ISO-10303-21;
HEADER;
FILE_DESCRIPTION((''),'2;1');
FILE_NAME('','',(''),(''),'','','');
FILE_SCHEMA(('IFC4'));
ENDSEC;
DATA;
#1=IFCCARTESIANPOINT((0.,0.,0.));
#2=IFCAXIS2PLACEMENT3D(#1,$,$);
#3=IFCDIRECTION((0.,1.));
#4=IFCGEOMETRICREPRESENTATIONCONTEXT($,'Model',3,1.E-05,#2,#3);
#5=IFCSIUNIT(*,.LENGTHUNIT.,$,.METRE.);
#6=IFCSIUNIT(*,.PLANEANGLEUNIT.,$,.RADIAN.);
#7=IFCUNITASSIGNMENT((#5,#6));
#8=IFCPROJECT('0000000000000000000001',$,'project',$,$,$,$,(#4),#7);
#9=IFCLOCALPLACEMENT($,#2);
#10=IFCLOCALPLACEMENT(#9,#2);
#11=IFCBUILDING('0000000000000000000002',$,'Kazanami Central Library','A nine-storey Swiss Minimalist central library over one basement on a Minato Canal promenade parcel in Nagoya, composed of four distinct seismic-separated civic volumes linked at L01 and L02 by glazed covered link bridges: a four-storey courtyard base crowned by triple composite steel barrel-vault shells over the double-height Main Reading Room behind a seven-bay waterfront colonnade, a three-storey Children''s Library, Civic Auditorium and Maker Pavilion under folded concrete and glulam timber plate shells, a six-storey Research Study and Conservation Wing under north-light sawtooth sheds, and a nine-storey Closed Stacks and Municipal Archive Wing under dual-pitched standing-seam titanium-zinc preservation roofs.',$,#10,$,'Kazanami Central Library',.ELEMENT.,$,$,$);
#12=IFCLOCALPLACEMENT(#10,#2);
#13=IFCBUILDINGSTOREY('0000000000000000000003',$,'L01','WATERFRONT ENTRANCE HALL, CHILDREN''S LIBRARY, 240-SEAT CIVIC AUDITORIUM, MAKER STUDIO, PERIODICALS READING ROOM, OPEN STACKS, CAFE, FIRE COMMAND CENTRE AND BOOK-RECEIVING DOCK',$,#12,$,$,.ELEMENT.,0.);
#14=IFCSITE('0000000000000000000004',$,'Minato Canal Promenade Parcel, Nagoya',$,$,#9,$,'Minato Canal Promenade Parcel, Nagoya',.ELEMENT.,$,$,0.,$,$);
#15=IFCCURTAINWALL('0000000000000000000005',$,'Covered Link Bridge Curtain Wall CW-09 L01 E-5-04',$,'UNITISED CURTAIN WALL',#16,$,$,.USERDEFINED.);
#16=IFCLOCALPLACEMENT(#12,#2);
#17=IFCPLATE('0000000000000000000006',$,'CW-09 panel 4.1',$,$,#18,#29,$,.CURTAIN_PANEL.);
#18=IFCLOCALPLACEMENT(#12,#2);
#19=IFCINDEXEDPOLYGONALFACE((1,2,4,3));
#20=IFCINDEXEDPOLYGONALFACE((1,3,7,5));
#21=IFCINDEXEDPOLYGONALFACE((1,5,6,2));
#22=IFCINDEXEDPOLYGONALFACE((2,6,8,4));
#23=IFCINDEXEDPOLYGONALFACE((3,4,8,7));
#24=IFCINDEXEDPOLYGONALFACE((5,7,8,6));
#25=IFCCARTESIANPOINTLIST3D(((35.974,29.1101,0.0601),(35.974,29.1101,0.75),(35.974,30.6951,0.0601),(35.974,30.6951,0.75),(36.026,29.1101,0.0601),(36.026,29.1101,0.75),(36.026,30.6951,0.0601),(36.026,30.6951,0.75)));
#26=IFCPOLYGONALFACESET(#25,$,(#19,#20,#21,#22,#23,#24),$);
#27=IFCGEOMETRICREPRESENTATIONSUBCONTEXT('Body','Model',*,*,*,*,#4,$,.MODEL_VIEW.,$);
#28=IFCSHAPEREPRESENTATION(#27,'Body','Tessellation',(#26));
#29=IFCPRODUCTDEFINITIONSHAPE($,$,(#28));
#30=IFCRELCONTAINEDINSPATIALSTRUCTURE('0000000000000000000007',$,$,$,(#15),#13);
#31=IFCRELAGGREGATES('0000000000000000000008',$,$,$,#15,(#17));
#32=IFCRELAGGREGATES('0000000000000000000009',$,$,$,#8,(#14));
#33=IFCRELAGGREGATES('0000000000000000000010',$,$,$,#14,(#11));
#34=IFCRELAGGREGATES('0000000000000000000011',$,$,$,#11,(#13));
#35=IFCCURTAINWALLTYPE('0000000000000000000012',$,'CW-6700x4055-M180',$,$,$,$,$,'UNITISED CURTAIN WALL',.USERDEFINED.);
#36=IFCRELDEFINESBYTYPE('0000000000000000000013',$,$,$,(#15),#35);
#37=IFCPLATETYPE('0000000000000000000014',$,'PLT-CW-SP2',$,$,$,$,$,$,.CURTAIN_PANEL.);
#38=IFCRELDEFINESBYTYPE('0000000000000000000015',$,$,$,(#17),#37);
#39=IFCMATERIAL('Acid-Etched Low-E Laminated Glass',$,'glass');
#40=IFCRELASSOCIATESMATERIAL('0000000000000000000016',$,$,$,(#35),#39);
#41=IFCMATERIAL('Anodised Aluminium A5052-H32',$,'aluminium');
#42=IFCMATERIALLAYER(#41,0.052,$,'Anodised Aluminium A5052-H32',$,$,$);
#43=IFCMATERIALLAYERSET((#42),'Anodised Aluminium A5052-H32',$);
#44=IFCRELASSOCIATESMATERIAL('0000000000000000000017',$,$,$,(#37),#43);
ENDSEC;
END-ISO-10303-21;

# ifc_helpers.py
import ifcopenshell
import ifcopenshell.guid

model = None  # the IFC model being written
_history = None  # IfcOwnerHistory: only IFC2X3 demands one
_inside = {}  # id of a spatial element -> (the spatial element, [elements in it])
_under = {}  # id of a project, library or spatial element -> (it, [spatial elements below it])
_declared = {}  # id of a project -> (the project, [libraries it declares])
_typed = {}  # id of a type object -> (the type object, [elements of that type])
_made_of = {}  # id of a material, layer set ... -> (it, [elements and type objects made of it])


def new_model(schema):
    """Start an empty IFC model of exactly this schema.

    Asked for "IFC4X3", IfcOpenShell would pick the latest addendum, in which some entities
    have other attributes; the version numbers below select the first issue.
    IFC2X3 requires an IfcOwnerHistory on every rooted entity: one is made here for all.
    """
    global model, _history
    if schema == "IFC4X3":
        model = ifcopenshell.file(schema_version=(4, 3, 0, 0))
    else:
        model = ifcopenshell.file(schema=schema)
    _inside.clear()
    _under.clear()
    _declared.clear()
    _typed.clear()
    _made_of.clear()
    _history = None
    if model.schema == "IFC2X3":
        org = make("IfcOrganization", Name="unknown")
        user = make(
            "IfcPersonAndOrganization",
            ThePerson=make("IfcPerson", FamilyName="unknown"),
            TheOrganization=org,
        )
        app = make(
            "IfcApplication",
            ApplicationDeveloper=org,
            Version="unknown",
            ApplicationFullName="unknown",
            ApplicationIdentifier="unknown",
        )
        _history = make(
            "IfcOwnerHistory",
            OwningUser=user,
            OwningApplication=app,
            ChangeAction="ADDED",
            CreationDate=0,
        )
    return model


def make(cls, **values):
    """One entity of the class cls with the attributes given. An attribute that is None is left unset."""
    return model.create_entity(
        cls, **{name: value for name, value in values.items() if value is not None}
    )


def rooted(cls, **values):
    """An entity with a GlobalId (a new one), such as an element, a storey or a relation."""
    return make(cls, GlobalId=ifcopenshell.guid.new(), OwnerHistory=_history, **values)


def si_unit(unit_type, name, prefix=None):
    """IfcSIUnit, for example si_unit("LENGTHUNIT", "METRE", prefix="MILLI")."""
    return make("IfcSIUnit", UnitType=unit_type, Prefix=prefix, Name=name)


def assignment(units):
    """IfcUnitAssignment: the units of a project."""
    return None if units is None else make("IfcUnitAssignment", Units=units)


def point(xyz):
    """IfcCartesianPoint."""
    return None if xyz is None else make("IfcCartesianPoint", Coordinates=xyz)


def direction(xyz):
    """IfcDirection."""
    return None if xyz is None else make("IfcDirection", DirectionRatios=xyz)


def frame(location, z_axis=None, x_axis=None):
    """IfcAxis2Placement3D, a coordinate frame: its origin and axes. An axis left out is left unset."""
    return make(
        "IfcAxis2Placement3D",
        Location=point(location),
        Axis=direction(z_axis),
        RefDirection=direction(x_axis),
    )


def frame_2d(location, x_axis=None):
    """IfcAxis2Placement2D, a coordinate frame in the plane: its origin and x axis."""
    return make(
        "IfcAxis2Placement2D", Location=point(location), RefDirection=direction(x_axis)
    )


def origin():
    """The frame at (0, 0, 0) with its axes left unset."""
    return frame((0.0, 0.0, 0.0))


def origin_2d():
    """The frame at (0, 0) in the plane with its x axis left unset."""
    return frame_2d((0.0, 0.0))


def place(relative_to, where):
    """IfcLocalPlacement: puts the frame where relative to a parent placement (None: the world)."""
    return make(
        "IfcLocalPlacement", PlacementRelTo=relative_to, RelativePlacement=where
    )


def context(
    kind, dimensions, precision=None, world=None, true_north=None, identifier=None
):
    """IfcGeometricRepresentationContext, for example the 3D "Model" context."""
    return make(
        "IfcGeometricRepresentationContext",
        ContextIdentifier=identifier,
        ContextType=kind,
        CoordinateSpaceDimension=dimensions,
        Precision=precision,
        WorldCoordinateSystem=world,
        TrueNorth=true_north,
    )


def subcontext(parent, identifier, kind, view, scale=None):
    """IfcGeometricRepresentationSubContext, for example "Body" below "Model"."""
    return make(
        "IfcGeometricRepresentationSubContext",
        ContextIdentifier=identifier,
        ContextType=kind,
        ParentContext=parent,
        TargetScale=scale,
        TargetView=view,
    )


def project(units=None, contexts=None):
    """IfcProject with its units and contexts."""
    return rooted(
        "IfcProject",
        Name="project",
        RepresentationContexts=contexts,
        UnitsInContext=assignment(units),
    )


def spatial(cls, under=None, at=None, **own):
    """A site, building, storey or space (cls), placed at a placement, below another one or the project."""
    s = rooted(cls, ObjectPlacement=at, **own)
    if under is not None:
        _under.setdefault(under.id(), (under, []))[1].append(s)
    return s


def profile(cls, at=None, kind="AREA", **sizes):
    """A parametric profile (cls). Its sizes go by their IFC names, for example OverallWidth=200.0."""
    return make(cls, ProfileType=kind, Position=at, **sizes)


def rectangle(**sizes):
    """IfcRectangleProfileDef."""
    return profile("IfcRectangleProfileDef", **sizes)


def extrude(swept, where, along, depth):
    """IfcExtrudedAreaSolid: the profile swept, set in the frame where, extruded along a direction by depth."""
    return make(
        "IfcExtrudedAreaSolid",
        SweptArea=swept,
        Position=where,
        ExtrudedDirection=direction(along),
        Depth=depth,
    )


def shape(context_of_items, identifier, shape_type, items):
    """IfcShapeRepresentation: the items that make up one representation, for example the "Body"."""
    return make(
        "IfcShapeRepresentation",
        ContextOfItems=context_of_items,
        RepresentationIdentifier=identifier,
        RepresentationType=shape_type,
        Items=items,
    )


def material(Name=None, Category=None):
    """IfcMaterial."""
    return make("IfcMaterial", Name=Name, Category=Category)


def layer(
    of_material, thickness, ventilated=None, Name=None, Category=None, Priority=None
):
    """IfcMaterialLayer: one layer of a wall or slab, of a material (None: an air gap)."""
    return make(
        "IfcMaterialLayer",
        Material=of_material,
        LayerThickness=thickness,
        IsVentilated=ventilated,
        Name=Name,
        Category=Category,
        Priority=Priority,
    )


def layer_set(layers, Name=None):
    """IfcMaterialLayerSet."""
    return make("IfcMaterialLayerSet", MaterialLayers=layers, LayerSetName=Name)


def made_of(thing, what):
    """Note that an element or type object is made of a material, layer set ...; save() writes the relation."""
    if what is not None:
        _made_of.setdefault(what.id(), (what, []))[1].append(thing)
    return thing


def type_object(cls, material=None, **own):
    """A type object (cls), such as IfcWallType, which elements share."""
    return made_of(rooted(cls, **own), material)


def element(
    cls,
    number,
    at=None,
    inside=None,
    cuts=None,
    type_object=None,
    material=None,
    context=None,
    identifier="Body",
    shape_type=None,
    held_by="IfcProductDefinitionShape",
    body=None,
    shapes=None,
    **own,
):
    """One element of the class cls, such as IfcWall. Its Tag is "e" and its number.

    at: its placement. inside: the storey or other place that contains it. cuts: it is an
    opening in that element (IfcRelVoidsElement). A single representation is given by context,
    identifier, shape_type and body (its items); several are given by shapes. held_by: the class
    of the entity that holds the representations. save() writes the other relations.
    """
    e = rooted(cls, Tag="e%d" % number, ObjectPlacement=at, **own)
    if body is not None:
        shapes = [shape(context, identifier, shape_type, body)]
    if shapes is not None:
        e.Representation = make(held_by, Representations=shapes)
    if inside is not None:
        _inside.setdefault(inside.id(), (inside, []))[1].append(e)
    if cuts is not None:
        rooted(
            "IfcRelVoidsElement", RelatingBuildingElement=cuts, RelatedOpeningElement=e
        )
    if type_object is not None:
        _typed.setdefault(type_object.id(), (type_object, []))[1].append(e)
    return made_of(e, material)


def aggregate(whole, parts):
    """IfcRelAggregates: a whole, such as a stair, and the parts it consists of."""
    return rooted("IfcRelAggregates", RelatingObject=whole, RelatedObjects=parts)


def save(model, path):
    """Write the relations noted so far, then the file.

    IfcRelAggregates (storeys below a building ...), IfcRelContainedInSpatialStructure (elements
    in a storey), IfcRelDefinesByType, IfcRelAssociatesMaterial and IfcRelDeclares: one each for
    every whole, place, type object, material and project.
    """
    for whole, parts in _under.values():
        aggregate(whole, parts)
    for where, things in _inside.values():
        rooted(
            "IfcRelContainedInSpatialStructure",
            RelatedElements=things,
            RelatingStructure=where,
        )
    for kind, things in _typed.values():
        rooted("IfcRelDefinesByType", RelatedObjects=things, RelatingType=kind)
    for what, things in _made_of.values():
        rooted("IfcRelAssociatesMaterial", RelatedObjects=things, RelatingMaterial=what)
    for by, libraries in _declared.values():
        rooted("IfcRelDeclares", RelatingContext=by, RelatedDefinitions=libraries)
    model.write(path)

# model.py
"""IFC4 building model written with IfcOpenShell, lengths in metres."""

from ifc_helpers import new_model, si_unit, direction, frame, origin, origin_2d, place, context, subcontext, project, spatial, rectangle, extrude, material, layer, layer_set, type_object, element, aggregate, save


model = new_model("IFC4")

# Units and contexts
model_context = context("Model", 3, precision=1e-05, world=origin(), true_north=direction((0.0, 1.0)))
body_context = subcontext(model_context, "Body", "Model", "MODEL_VIEW")
ifc_project = project(units=[si_unit("LENGTHUNIT", "METRE"), si_unit("PLANEANGLEUNIT", "RADIAN")], contexts=[model_context])

# Site, building, storey
site_placement = place(None, origin())
site = spatial("IfcSite", under=ifc_project, at=site_placement, Name="Minato Canal Promenade Parcel, Nagoya", LongName="Minato Canal Promenade Parcel, Nagoya", CompositionType="ELEMENT", RefElevation=0.0)
building_placement = place(site_placement, origin())
building = spatial("IfcBuilding", under=site, at=building_placement, Name="Kazanami Central Library", Description="A nine-storey Swiss Minimalist central library over one basement on a Minato Canal promenade parcel in Nagoya, composed of four distinct seismic-separated civic volumes linked at L01 and L02 by glazed covered link bridges: a four-storey courtyard base crowned by triple composite steel barrel-vault shells over the double-height Main Reading Room behind a seven-bay waterfront colonnade, a three-storey Children's Library, Civic Auditorium and Maker Pavilion under folded concrete and glulam timber plate shells, a six-storey Research Study and Conservation Wing under north-light sawtooth sheds, and a nine-storey Closed Stacks and Municipal Archive Wing under dual-pitched standing-seam titanium-zinc preservation roofs.", LongName="Kazanami Central Library", CompositionType="ELEMENT")
storey_placement = place(building_placement, origin())
storey = spatial("IfcBuildingStorey", under=building, at=storey_placement, Name="L01", Description="WATERFRONT ENTRANCE HALL, CHILDREN'S LIBRARY, 240-SEAT CIVIC AUDITORIUM, MAKER STUDIO, PERIODICALS READING ROOM, OPEN STACKS, CAFE, FIRE COMMAND CENTRE AND BOOK-RECEIVING DOCK", CompositionType="ELEMENT", Elevation=0.0)

# Curtain wall
ifc_material_1 = material(Name="Acid-Etched Low-E Laminated Glass", Category="glass")
curtain_wall_type_1 = type_object("IfcCurtainWallType", Name="CW-6700x4055-M180", ElementType="UNITISED CURTAIN WALL", PredefinedType="USERDEFINED", material=ifc_material_1)
curtain_wall_1_placement = place(storey_placement, origin())
curtain_wall_1 = element("IfcCurtainWall", 1, at=curtain_wall_1_placement, inside=storey, type_object=curtain_wall_type_1, Name="Covered Link Bridge Curtain Wall CW-09 L01 E-5-04", ObjectType="UNITISED CURTAIN WALL", PredefinedType="USERDEFINED")

# Plate
ifc_material_2 = material(Name="Anodised Aluminium A5052-H32", Category="aluminium")
ifc_layer_1 = layer(ifc_material_2, 0.052, Name="Anodised Aluminium A5052-H32")
ifc_layer_set_1 = layer_set([ifc_layer_1], Name="Anodised Aluminium A5052-H32")
plate_type_1 = type_object("IfcPlateType", Name="PLT-CW-SP2", PredefinedType="CURTAIN_PANEL", material=ifc_layer_set_1)
plate_1_placement = place(storey_placement, frame((36.0, 29.9026, 0.0601), z_axis=(0.0, 0.0, 1.0), x_axis=(0.0, -1.0, 0.0)))
plate_1 = element("IfcPlate", 2, at=plate_1_placement, type_object=plate_type_1, Name="CW-09 panel 4.1", PredefinedType="CURTAIN_PANEL", context=body_context, shape_type="SweptSolid", body=[
    extrude(rectangle(XDim=1.585, YDim=0.052, at=origin_2d()), origin(), (0.0, 0.0, 1.0), 0.6899),
])
aggregate(curtain_wall_1, [plate_1])

save(model, "model.ifc")
